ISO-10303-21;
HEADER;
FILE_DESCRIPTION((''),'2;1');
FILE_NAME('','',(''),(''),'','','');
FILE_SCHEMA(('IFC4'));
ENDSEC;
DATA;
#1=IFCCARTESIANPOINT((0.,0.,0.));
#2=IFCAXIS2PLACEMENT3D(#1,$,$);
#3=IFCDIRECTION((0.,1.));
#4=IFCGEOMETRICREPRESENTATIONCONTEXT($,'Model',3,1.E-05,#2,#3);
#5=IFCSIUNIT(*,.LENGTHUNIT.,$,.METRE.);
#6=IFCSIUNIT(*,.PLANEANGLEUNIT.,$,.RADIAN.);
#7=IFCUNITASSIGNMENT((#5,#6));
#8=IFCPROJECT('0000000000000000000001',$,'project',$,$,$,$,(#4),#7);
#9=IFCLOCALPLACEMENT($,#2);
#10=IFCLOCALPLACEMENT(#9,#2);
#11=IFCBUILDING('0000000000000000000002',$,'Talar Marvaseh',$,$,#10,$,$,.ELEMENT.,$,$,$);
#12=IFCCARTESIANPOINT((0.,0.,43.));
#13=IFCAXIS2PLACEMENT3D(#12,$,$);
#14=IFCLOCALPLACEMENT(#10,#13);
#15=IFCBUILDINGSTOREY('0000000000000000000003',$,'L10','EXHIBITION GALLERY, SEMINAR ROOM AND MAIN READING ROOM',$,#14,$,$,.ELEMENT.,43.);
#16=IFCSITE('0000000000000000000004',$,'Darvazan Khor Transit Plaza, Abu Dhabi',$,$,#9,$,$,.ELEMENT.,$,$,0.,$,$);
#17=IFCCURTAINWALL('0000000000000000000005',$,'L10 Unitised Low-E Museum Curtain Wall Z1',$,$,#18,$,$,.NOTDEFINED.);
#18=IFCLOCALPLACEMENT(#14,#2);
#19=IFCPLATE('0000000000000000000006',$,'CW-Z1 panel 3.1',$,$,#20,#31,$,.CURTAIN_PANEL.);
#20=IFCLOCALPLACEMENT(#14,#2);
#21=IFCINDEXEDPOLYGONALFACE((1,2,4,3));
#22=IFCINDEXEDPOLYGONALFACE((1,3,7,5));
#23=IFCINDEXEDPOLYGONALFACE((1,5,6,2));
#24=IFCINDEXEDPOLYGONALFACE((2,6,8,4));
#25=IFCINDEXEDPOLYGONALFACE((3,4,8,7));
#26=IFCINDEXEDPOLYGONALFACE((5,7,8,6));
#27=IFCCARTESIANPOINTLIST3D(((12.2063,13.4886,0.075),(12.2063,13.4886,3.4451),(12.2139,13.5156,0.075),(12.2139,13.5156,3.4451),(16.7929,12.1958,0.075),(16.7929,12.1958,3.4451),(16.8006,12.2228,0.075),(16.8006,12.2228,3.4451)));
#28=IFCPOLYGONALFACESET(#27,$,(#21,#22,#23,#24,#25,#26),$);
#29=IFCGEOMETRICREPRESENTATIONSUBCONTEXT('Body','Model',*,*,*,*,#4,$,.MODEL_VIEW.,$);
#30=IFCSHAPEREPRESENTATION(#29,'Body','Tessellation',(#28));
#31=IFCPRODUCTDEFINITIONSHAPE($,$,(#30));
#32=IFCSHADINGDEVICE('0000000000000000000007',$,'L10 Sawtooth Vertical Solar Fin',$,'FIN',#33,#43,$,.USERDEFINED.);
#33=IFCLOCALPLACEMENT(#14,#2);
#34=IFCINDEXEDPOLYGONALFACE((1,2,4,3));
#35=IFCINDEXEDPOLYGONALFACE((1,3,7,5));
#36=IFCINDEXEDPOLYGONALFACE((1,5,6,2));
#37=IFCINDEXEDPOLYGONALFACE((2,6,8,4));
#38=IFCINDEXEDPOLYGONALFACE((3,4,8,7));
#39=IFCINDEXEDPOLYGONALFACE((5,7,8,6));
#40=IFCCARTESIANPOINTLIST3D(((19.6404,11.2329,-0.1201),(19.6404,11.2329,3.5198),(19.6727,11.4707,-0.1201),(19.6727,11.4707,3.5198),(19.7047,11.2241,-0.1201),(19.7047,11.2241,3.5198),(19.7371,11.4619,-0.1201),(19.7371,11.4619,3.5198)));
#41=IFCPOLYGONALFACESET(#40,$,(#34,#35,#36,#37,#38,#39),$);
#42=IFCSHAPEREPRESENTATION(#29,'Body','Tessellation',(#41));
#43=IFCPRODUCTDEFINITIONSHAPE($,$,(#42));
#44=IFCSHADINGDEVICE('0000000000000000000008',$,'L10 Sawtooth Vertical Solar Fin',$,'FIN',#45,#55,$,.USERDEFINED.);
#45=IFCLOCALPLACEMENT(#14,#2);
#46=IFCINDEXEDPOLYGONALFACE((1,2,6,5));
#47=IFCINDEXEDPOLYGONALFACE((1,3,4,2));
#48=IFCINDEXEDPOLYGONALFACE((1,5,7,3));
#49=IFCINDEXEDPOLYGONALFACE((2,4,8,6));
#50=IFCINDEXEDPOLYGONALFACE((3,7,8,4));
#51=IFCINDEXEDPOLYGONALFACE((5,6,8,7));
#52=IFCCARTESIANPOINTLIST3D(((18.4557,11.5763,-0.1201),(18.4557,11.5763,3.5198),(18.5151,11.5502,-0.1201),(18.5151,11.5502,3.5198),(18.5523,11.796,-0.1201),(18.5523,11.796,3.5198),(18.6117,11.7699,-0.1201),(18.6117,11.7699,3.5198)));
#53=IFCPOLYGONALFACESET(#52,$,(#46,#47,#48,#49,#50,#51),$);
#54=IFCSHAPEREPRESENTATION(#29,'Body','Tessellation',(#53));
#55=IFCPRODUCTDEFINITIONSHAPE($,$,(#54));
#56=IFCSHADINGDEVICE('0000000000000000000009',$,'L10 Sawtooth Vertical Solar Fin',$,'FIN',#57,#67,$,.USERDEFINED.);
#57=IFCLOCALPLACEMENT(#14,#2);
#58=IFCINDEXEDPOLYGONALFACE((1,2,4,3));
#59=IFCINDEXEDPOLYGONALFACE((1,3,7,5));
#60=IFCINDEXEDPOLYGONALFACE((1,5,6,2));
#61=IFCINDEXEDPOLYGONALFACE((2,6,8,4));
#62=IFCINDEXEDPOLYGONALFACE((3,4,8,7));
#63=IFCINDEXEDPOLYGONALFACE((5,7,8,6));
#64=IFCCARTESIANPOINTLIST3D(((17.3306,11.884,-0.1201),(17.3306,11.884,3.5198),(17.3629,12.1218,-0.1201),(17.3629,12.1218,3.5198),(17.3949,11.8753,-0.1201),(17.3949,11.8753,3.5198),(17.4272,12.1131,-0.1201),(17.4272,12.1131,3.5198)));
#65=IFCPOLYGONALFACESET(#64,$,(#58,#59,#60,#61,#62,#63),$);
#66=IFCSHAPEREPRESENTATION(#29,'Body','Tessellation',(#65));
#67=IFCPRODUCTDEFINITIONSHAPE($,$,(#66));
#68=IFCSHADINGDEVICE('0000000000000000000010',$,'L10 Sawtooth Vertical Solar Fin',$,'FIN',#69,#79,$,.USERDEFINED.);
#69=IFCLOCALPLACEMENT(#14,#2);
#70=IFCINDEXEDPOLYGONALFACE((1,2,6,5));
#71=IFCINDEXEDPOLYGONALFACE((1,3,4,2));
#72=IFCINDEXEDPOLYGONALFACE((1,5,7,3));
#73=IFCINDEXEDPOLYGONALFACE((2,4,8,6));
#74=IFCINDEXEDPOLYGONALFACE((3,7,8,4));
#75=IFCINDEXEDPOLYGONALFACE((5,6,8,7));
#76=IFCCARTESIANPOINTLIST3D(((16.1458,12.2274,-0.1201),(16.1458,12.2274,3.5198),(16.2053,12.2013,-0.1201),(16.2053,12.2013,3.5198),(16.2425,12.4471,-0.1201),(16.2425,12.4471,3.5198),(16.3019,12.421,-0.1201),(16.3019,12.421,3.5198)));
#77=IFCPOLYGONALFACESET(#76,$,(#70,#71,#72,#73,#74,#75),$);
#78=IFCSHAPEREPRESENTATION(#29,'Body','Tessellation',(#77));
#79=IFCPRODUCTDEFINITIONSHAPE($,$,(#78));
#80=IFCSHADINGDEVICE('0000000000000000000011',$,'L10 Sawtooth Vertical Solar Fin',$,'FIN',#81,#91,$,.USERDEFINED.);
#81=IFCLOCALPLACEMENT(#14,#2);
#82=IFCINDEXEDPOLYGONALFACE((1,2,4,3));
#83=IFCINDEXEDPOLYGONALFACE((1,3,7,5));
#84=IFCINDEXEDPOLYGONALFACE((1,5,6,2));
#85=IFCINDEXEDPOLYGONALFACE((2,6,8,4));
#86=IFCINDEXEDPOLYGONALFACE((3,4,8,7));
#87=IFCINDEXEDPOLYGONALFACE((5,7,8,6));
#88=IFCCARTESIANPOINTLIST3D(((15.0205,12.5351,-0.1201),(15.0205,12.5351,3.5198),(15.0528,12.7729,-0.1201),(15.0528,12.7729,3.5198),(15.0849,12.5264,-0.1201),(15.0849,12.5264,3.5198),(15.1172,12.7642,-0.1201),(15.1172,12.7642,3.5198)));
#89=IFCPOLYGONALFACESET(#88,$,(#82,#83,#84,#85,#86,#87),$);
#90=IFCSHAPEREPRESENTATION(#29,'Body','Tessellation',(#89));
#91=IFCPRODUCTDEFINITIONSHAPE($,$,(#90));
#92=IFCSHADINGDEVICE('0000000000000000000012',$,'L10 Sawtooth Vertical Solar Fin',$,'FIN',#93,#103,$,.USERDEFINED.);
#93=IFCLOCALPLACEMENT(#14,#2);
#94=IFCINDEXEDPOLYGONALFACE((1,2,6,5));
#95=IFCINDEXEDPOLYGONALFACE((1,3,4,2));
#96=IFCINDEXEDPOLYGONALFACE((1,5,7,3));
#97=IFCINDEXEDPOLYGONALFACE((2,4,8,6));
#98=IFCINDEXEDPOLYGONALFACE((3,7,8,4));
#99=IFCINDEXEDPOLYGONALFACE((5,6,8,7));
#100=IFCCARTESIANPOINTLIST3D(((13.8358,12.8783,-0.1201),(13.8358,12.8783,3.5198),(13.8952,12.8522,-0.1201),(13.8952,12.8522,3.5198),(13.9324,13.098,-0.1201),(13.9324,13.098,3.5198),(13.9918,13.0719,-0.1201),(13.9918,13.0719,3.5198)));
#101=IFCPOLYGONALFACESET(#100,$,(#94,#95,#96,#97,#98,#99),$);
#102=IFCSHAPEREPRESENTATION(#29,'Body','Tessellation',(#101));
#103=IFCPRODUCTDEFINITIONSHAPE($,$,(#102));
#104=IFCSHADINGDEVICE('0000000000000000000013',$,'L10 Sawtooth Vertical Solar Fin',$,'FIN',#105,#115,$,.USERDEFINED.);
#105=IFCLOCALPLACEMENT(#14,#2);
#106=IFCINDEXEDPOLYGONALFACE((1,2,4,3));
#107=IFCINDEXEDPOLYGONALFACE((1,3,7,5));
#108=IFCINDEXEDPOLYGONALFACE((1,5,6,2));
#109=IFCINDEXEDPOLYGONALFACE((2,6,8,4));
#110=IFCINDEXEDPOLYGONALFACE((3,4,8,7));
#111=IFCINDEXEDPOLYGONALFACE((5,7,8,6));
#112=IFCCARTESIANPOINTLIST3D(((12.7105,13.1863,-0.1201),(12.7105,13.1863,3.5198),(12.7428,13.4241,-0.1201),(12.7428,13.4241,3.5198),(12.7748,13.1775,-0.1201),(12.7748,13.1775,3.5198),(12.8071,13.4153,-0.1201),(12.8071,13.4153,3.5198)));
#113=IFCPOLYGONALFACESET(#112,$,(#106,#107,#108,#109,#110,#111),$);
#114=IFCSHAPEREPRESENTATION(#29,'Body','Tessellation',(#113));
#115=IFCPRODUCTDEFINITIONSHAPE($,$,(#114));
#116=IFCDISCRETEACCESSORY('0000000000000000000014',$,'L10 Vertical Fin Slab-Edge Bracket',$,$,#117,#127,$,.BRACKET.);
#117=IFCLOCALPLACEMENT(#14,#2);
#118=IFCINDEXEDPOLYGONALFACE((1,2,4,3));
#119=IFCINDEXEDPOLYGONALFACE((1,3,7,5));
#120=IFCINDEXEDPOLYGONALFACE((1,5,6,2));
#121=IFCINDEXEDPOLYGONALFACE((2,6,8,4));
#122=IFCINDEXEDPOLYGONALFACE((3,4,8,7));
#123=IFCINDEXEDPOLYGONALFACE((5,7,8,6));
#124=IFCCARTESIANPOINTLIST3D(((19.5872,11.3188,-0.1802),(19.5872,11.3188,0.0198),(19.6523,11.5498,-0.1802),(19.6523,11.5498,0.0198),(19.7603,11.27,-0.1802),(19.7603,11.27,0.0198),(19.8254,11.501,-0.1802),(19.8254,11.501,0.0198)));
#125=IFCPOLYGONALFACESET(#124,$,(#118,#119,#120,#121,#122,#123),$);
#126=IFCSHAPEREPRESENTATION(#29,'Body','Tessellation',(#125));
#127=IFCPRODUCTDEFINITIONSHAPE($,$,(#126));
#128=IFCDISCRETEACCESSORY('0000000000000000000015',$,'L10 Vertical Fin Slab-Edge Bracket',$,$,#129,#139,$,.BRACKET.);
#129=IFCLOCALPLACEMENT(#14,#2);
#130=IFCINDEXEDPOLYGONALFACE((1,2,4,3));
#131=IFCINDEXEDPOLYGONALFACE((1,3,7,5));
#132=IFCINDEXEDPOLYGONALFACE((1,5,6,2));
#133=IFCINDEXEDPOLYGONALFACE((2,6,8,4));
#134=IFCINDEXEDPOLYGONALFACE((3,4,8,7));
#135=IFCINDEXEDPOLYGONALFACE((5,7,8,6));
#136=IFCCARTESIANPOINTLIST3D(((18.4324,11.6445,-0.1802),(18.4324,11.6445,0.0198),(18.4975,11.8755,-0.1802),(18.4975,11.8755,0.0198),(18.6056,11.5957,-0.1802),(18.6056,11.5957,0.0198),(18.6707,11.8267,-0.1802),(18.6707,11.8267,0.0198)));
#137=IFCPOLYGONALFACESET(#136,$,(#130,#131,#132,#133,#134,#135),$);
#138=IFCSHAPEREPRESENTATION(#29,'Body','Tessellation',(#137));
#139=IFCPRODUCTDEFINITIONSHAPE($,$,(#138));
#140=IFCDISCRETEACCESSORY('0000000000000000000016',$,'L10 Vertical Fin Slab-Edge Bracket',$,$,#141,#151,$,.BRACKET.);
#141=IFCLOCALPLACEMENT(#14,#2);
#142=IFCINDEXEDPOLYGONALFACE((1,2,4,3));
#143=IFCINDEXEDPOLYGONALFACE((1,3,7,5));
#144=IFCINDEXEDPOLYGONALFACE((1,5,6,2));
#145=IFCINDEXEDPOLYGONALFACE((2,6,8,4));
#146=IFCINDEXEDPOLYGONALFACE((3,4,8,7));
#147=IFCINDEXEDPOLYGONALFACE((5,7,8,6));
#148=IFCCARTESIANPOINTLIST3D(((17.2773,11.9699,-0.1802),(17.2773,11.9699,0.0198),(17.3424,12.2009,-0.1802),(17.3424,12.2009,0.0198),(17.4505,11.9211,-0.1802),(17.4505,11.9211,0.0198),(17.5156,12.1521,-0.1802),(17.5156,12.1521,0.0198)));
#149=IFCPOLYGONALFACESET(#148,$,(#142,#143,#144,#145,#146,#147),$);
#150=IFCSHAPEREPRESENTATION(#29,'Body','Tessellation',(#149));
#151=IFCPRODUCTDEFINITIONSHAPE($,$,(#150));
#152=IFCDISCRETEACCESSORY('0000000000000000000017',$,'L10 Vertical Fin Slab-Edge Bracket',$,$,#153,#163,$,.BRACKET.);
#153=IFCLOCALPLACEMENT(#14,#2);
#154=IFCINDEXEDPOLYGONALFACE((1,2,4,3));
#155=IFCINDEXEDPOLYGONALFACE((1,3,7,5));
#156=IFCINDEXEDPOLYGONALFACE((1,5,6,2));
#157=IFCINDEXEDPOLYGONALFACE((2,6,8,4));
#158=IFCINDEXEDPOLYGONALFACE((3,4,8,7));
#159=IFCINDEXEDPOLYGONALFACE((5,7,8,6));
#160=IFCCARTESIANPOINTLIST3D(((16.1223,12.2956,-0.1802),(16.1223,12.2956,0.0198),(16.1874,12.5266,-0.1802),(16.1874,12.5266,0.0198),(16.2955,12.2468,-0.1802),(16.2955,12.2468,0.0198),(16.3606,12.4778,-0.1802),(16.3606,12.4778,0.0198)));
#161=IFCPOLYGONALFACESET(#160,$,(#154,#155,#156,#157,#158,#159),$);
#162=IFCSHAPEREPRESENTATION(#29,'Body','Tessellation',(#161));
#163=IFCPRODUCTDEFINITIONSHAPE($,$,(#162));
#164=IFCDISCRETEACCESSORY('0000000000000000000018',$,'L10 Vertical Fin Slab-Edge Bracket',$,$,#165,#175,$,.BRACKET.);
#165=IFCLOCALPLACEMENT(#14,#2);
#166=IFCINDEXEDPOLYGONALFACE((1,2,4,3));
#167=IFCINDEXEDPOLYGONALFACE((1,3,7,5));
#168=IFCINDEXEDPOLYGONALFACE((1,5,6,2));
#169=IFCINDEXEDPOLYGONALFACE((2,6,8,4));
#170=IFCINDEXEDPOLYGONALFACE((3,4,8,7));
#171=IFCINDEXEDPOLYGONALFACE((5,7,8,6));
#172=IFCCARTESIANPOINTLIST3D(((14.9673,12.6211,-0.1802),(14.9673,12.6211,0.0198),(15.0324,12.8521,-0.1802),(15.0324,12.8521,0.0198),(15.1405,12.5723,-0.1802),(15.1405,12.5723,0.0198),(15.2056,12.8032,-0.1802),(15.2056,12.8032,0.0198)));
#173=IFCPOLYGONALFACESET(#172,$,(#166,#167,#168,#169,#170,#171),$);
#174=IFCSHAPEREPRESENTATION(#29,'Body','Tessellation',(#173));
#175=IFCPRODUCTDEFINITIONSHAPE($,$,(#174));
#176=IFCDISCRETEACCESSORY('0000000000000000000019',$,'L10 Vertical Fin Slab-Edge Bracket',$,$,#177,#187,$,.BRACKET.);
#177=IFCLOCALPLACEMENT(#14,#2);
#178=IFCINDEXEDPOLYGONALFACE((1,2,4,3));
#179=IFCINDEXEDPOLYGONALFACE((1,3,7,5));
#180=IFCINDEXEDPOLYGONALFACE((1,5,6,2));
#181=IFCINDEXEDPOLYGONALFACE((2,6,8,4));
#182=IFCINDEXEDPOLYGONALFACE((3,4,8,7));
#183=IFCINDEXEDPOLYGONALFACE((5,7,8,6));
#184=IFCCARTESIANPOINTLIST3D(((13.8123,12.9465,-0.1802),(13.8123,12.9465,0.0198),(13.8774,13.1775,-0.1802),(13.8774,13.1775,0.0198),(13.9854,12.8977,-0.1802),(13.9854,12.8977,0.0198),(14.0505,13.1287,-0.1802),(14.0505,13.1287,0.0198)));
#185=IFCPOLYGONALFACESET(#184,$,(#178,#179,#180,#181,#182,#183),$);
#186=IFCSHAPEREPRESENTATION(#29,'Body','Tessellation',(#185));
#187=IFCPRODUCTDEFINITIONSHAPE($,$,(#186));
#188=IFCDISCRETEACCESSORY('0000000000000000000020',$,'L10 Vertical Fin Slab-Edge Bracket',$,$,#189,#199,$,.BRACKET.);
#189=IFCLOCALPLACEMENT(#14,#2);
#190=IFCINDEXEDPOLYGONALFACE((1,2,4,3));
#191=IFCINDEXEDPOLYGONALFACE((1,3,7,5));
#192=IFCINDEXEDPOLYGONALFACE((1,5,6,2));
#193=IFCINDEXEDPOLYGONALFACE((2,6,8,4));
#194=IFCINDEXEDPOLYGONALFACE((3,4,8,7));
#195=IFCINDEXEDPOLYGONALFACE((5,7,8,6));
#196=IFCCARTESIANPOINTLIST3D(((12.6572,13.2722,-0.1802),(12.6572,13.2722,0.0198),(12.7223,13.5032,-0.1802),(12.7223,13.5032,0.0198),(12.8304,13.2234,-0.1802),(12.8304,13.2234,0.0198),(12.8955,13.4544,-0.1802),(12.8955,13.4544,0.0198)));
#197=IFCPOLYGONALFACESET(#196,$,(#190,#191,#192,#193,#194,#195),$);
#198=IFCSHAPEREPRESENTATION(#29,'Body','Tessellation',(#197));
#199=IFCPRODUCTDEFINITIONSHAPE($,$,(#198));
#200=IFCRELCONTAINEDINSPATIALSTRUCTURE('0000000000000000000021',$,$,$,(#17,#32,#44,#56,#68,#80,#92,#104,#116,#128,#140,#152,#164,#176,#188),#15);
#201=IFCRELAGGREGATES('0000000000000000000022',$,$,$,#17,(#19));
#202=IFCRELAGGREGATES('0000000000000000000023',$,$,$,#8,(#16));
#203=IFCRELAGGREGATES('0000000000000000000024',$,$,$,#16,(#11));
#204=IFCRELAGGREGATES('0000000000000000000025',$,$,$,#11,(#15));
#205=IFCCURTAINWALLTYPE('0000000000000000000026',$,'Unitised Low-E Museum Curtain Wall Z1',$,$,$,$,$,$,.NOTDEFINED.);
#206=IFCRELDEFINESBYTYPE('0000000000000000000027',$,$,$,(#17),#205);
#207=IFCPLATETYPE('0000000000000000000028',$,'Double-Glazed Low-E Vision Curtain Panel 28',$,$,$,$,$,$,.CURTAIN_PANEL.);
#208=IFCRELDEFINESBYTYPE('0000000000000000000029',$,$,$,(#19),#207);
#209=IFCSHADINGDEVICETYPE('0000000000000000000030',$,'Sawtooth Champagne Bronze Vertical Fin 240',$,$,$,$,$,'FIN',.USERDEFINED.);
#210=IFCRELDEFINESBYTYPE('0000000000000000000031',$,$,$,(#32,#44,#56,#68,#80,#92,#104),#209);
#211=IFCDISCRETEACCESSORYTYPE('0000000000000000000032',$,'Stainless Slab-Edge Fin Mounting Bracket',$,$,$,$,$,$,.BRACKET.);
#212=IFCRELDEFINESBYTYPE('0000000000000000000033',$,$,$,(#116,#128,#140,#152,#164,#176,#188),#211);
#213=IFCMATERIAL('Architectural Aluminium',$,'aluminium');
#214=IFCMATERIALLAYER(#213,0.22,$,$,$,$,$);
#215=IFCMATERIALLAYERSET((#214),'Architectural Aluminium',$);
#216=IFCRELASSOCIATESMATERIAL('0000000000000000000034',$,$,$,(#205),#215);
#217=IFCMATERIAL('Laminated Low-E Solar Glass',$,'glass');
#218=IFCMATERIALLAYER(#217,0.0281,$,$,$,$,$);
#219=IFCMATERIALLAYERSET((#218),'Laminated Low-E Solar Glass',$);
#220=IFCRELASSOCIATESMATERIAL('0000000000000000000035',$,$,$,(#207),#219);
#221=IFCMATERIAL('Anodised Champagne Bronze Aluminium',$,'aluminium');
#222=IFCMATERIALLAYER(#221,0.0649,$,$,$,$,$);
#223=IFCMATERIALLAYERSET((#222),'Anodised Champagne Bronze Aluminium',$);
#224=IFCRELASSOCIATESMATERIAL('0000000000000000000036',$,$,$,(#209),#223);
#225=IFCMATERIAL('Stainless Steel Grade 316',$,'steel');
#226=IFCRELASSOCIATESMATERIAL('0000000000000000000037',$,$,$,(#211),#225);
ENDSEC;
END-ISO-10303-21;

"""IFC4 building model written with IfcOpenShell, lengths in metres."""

from ifc_helpers import new_model, si_unit, direction, frame, origin, origin_2d, place, context, subcontext, project, spatial, rectangle, extrude, source, transform, mapped, material, layer, layer_set, type_object, type_shapes, element, aggregate, save


model = new_model("IFC4")

# Units and contexts
model_context = context("Model", 3, precision=1e-05, world=origin(), true_north=direction((0.0, 1.0)))
body_context = subcontext(model_context, "Body", "Model", "MODEL_VIEW")
ifc_project = project(units=[si_unit("LENGTHUNIT", "METRE"), si_unit("PLANEANGLEUNIT", "RADIAN")], contexts=[model_context])

# Site, building, storey
site_placement = place(None, origin())
site = spatial("IfcSite", under=ifc_project, at=site_placement, Name="Darvazan Khor Transit Plaza, Abu Dhabi", CompositionType="ELEMENT", RefElevation=0.0)
building_placement = place(site_placement, origin())
building = spatial("IfcBuilding", under=site, at=building_placement, Name="Talar Marvaseh", CompositionType="ELEMENT")
storey_placement = place(building_placement, frame((0.0, 0.0, 43.0)))
storey = spatial("IfcBuildingStorey", under=building, at=storey_placement, Name="L10", Description="EXHIBITION GALLERY, SEMINAR ROOM AND MAIN READING ROOM", CompositionType="ELEMENT", Elevation=43.0)

# Curtain wall, plate
ifc_material_1 = material(Name="Architectural Aluminium", Category="aluminium")
ifc_layer_1 = layer(ifc_material_1, 0.22)
ifc_layer_set_1 = layer_set([ifc_layer_1], Name="Architectural Aluminium")
curtain_wall_type = type_object("IfcCurtainWallType", Name="Unitised Low-E Museum Curtain Wall Z1", PredefinedType="NOTDEFINED", material=ifc_layer_set_1)
curtain_wall_placement = place(storey_placement, origin())
curtain_wall = element("IfcCurtainWall", 1, at=curtain_wall_placement, inside=storey, type_object=curtain_wall_type, Name="L10 Unitised Low-E Museum Curtain Wall Z1", PredefinedType="NOTDEFINED")
ifc_material_2 = material(Name="Laminated Low-E Solar Glass", Category="glass")
ifc_layer_2 = layer(ifc_material_2, 0.0281)
ifc_layer_set_2 = layer_set([ifc_layer_2], Name="Laminated Low-E Solar Glass")
plate_type = type_object("IfcPlateType", Name="Double-Glazed Low-E Vision Curtain Panel 28", PredefinedType="CURTAIN_PANEL", material=ifc_layer_set_2)
shared_shape_1 = source(origin(), body_context, "Body", "SweptSolid", [
    extrude(rectangle(XDim=4.7654, YDim=0.0281, at=origin_2d()), origin(), (0.0, 0.0, 1.0), 3.3701),
])
type_shapes(plate_type, [shared_shape_1])
plate_1_placement = place(storey_placement, frame((14.5034, 12.8557, 0.075), z_axis=(0.0, 0.0, 1.0), x_axis=(-0.962497, 0.271292, 0.0)))
plate_1 = element("IfcPlate", 2, at=plate_1_placement, type_object=plate_type, Name="CW-Z1 panel 3.1", PredefinedType="CURTAIN_PANEL", context=body_context, shape_type="MappedRepresentation", body=[
    mapped(shared_shape_1, transform((0.0, 0.0, 0.0), x_axis=(1.0, 0.0, 0.0), y_axis=(0.0, 1.0, 0.0), z_axis=(0.0, 0.0, 1.0), scale=1.0)),
])
aggregate(curtain_wall, [plate_1])

# Shading devices
ifc_material_3 = material(Name="Anodised Champagne Bronze Aluminium", Category="aluminium")
ifc_layer_3 = layer(ifc_material_3, 0.0649)
ifc_layer_set_3 = layer_set([ifc_layer_3], Name="Anodised Champagne Bronze Aluminium")
shading_device_type = type_object("IfcShadingDeviceType", Name="Sawtooth Champagne Bronze Vertical Fin 240", ElementType="FIN", PredefinedType="USERDEFINED", material=ifc_layer_set_3)
shared_shape_2 = source(origin(), body_context, "Body", "SweptSolid", [
    extrude(rectangle(XDim=0.24, YDim=0.0649, at=origin_2d()), origin(), (0.0, 0.0, 1.0), 3.6399),
])
type_shapes(shading_device_type, [shared_shape_2])
for number, where, z_axis, x_axis, name in (
    (3, (19.6887, 11.3474, -0.1201), (0.0, 0.0, 1.0), (-0.134678, -0.990889, 0.0), "L10 Sawtooth Vertical Solar Fin"),
    (4, (18.5337, 11.6731, -0.1201), (0.0, 0.0, 1.0), (-0.402587, -0.915382, 0.0), "L10 Sawtooth Vertical Solar Fin"),
    (5, (17.3789, 11.9985, -0.1201), (0.0, 0.0, 1.0), (-0.134678, -0.990889, 0.0), "L10 Sawtooth Vertical Solar Fin"),
    (6, (16.2239, 12.3242, -0.1201), (0.0, 0.0, 1.0), (-0.402587, -0.915382, 0.0), "L10 Sawtooth Vertical Solar Fin"),
    (7, (15.0688, 12.6497, -0.1201), (0.0, 0.0, 1.0), (-0.134678, -0.990889, 0.0), "L10 Sawtooth Vertical Solar Fin"),
    (8, (13.9138, 12.9751, -0.1201), (0.0, 0.0, 1.0), (-0.402587, -0.915382, 0.0), "L10 Sawtooth Vertical Solar Fin"),
    (9, (12.7588, 13.3008, -0.1201), (0.0, 0.0, 1.0), (-0.134678, -0.990889, 0.0), "L10 Sawtooth Vertical Solar Fin"),
):
    element("IfcShadingDevice", number, at=place(storey_placement, frame(where, z_axis=z_axis, x_axis=x_axis)), inside=storey, type_object=shading_device_type, Name=name, ObjectType="FIN", PredefinedType="USERDEFINED", context=body_context, shape_type="MappedRepresentation", body=[
        mapped(shared_shape_2, transform((0.0, 0.0, 0.0), x_axis=(1.0, 0.0, 0.0), y_axis=(0.0, 1.0, 0.0), z_axis=(0.0, 0.0, 1.0), scale=1.0)),
    ])

# Discrete accessories
ifc_material_4 = material(Name="Stainless Steel Grade 316", Category="steel")
discrete_accessory_type = type_object("IfcDiscreteAccessoryType", Name="Stainless Slab-Edge Fin Mounting Bracket", PredefinedType="BRACKET", material=ifc_material_4)
shared_shape_3 = source(origin(), body_context, "Body", "SweptSolid", [
    extrude(rectangle(XDim=0.24, YDim=0.1799, at=origin_2d()), origin(), (0.0, 0.0, 1.0), 0.2),
])
type_shapes(discrete_accessory_type, [shared_shape_3])
for number, where, z_axis, x_axis, name in (
    (10, (19.7063, 11.4099, -0.1802), (0.0, 0.0, 1.0), (-0.271272, -0.962503, 0.0), "L10 Vertical Fin Slab-Edge Bracket"),
    (11, (18.5515, 11.7356, -0.1802), (0.0, 0.0, 1.0), (-0.271272, -0.962503, 0.0), "L10 Vertical Fin Slab-Edge Bracket"),
    (12, (17.3965, 12.061, -0.1802), (0.0, 0.0, 1.0), (-0.271272, -0.962503, 0.0), "L10 Vertical Fin Slab-Edge Bracket"),
    (13, (16.2415, 12.3867, -0.1802), (0.0, 0.0, 1.0), (-0.271272, -0.962503, 0.0), "L10 Vertical Fin Slab-Edge Bracket"),
    (14, (15.0864, 12.7122, -0.1802), (0.0, 0.0, 1.0), (-0.271272, -0.962503, 0.0), "L10 Vertical Fin Slab-Edge Bracket"),
    (15, (13.9314, 13.0376, -0.1802), (0.0, 0.0, 1.0), (-0.271272, -0.962503, 0.0), "L10 Vertical Fin Slab-Edge Bracket"),
    (16, (12.7764, 13.3633, -0.1802), (0.0, 0.0, 1.0), (-0.271272, -0.962503, 0.0), "L10 Vertical Fin Slab-Edge Bracket"),
):
    element("IfcDiscreteAccessory", number, at=place(storey_placement, frame(where, z_axis=z_axis, x_axis=x_axis)), inside=storey, type_object=discrete_accessory_type, Name=name, PredefinedType="BRACKET", context=body_context, shape_type="MappedRepresentation", body=[
        mapped(shared_shape_3, transform((0.0, 0.0, 0.0), x_axis=(1.0, 0.0, 0.0), y_axis=(0.0, 1.0, 0.0), z_axis=(0.0, 0.0, 1.0), scale=1.0)),
    ])

save(model, "model.ifc")
